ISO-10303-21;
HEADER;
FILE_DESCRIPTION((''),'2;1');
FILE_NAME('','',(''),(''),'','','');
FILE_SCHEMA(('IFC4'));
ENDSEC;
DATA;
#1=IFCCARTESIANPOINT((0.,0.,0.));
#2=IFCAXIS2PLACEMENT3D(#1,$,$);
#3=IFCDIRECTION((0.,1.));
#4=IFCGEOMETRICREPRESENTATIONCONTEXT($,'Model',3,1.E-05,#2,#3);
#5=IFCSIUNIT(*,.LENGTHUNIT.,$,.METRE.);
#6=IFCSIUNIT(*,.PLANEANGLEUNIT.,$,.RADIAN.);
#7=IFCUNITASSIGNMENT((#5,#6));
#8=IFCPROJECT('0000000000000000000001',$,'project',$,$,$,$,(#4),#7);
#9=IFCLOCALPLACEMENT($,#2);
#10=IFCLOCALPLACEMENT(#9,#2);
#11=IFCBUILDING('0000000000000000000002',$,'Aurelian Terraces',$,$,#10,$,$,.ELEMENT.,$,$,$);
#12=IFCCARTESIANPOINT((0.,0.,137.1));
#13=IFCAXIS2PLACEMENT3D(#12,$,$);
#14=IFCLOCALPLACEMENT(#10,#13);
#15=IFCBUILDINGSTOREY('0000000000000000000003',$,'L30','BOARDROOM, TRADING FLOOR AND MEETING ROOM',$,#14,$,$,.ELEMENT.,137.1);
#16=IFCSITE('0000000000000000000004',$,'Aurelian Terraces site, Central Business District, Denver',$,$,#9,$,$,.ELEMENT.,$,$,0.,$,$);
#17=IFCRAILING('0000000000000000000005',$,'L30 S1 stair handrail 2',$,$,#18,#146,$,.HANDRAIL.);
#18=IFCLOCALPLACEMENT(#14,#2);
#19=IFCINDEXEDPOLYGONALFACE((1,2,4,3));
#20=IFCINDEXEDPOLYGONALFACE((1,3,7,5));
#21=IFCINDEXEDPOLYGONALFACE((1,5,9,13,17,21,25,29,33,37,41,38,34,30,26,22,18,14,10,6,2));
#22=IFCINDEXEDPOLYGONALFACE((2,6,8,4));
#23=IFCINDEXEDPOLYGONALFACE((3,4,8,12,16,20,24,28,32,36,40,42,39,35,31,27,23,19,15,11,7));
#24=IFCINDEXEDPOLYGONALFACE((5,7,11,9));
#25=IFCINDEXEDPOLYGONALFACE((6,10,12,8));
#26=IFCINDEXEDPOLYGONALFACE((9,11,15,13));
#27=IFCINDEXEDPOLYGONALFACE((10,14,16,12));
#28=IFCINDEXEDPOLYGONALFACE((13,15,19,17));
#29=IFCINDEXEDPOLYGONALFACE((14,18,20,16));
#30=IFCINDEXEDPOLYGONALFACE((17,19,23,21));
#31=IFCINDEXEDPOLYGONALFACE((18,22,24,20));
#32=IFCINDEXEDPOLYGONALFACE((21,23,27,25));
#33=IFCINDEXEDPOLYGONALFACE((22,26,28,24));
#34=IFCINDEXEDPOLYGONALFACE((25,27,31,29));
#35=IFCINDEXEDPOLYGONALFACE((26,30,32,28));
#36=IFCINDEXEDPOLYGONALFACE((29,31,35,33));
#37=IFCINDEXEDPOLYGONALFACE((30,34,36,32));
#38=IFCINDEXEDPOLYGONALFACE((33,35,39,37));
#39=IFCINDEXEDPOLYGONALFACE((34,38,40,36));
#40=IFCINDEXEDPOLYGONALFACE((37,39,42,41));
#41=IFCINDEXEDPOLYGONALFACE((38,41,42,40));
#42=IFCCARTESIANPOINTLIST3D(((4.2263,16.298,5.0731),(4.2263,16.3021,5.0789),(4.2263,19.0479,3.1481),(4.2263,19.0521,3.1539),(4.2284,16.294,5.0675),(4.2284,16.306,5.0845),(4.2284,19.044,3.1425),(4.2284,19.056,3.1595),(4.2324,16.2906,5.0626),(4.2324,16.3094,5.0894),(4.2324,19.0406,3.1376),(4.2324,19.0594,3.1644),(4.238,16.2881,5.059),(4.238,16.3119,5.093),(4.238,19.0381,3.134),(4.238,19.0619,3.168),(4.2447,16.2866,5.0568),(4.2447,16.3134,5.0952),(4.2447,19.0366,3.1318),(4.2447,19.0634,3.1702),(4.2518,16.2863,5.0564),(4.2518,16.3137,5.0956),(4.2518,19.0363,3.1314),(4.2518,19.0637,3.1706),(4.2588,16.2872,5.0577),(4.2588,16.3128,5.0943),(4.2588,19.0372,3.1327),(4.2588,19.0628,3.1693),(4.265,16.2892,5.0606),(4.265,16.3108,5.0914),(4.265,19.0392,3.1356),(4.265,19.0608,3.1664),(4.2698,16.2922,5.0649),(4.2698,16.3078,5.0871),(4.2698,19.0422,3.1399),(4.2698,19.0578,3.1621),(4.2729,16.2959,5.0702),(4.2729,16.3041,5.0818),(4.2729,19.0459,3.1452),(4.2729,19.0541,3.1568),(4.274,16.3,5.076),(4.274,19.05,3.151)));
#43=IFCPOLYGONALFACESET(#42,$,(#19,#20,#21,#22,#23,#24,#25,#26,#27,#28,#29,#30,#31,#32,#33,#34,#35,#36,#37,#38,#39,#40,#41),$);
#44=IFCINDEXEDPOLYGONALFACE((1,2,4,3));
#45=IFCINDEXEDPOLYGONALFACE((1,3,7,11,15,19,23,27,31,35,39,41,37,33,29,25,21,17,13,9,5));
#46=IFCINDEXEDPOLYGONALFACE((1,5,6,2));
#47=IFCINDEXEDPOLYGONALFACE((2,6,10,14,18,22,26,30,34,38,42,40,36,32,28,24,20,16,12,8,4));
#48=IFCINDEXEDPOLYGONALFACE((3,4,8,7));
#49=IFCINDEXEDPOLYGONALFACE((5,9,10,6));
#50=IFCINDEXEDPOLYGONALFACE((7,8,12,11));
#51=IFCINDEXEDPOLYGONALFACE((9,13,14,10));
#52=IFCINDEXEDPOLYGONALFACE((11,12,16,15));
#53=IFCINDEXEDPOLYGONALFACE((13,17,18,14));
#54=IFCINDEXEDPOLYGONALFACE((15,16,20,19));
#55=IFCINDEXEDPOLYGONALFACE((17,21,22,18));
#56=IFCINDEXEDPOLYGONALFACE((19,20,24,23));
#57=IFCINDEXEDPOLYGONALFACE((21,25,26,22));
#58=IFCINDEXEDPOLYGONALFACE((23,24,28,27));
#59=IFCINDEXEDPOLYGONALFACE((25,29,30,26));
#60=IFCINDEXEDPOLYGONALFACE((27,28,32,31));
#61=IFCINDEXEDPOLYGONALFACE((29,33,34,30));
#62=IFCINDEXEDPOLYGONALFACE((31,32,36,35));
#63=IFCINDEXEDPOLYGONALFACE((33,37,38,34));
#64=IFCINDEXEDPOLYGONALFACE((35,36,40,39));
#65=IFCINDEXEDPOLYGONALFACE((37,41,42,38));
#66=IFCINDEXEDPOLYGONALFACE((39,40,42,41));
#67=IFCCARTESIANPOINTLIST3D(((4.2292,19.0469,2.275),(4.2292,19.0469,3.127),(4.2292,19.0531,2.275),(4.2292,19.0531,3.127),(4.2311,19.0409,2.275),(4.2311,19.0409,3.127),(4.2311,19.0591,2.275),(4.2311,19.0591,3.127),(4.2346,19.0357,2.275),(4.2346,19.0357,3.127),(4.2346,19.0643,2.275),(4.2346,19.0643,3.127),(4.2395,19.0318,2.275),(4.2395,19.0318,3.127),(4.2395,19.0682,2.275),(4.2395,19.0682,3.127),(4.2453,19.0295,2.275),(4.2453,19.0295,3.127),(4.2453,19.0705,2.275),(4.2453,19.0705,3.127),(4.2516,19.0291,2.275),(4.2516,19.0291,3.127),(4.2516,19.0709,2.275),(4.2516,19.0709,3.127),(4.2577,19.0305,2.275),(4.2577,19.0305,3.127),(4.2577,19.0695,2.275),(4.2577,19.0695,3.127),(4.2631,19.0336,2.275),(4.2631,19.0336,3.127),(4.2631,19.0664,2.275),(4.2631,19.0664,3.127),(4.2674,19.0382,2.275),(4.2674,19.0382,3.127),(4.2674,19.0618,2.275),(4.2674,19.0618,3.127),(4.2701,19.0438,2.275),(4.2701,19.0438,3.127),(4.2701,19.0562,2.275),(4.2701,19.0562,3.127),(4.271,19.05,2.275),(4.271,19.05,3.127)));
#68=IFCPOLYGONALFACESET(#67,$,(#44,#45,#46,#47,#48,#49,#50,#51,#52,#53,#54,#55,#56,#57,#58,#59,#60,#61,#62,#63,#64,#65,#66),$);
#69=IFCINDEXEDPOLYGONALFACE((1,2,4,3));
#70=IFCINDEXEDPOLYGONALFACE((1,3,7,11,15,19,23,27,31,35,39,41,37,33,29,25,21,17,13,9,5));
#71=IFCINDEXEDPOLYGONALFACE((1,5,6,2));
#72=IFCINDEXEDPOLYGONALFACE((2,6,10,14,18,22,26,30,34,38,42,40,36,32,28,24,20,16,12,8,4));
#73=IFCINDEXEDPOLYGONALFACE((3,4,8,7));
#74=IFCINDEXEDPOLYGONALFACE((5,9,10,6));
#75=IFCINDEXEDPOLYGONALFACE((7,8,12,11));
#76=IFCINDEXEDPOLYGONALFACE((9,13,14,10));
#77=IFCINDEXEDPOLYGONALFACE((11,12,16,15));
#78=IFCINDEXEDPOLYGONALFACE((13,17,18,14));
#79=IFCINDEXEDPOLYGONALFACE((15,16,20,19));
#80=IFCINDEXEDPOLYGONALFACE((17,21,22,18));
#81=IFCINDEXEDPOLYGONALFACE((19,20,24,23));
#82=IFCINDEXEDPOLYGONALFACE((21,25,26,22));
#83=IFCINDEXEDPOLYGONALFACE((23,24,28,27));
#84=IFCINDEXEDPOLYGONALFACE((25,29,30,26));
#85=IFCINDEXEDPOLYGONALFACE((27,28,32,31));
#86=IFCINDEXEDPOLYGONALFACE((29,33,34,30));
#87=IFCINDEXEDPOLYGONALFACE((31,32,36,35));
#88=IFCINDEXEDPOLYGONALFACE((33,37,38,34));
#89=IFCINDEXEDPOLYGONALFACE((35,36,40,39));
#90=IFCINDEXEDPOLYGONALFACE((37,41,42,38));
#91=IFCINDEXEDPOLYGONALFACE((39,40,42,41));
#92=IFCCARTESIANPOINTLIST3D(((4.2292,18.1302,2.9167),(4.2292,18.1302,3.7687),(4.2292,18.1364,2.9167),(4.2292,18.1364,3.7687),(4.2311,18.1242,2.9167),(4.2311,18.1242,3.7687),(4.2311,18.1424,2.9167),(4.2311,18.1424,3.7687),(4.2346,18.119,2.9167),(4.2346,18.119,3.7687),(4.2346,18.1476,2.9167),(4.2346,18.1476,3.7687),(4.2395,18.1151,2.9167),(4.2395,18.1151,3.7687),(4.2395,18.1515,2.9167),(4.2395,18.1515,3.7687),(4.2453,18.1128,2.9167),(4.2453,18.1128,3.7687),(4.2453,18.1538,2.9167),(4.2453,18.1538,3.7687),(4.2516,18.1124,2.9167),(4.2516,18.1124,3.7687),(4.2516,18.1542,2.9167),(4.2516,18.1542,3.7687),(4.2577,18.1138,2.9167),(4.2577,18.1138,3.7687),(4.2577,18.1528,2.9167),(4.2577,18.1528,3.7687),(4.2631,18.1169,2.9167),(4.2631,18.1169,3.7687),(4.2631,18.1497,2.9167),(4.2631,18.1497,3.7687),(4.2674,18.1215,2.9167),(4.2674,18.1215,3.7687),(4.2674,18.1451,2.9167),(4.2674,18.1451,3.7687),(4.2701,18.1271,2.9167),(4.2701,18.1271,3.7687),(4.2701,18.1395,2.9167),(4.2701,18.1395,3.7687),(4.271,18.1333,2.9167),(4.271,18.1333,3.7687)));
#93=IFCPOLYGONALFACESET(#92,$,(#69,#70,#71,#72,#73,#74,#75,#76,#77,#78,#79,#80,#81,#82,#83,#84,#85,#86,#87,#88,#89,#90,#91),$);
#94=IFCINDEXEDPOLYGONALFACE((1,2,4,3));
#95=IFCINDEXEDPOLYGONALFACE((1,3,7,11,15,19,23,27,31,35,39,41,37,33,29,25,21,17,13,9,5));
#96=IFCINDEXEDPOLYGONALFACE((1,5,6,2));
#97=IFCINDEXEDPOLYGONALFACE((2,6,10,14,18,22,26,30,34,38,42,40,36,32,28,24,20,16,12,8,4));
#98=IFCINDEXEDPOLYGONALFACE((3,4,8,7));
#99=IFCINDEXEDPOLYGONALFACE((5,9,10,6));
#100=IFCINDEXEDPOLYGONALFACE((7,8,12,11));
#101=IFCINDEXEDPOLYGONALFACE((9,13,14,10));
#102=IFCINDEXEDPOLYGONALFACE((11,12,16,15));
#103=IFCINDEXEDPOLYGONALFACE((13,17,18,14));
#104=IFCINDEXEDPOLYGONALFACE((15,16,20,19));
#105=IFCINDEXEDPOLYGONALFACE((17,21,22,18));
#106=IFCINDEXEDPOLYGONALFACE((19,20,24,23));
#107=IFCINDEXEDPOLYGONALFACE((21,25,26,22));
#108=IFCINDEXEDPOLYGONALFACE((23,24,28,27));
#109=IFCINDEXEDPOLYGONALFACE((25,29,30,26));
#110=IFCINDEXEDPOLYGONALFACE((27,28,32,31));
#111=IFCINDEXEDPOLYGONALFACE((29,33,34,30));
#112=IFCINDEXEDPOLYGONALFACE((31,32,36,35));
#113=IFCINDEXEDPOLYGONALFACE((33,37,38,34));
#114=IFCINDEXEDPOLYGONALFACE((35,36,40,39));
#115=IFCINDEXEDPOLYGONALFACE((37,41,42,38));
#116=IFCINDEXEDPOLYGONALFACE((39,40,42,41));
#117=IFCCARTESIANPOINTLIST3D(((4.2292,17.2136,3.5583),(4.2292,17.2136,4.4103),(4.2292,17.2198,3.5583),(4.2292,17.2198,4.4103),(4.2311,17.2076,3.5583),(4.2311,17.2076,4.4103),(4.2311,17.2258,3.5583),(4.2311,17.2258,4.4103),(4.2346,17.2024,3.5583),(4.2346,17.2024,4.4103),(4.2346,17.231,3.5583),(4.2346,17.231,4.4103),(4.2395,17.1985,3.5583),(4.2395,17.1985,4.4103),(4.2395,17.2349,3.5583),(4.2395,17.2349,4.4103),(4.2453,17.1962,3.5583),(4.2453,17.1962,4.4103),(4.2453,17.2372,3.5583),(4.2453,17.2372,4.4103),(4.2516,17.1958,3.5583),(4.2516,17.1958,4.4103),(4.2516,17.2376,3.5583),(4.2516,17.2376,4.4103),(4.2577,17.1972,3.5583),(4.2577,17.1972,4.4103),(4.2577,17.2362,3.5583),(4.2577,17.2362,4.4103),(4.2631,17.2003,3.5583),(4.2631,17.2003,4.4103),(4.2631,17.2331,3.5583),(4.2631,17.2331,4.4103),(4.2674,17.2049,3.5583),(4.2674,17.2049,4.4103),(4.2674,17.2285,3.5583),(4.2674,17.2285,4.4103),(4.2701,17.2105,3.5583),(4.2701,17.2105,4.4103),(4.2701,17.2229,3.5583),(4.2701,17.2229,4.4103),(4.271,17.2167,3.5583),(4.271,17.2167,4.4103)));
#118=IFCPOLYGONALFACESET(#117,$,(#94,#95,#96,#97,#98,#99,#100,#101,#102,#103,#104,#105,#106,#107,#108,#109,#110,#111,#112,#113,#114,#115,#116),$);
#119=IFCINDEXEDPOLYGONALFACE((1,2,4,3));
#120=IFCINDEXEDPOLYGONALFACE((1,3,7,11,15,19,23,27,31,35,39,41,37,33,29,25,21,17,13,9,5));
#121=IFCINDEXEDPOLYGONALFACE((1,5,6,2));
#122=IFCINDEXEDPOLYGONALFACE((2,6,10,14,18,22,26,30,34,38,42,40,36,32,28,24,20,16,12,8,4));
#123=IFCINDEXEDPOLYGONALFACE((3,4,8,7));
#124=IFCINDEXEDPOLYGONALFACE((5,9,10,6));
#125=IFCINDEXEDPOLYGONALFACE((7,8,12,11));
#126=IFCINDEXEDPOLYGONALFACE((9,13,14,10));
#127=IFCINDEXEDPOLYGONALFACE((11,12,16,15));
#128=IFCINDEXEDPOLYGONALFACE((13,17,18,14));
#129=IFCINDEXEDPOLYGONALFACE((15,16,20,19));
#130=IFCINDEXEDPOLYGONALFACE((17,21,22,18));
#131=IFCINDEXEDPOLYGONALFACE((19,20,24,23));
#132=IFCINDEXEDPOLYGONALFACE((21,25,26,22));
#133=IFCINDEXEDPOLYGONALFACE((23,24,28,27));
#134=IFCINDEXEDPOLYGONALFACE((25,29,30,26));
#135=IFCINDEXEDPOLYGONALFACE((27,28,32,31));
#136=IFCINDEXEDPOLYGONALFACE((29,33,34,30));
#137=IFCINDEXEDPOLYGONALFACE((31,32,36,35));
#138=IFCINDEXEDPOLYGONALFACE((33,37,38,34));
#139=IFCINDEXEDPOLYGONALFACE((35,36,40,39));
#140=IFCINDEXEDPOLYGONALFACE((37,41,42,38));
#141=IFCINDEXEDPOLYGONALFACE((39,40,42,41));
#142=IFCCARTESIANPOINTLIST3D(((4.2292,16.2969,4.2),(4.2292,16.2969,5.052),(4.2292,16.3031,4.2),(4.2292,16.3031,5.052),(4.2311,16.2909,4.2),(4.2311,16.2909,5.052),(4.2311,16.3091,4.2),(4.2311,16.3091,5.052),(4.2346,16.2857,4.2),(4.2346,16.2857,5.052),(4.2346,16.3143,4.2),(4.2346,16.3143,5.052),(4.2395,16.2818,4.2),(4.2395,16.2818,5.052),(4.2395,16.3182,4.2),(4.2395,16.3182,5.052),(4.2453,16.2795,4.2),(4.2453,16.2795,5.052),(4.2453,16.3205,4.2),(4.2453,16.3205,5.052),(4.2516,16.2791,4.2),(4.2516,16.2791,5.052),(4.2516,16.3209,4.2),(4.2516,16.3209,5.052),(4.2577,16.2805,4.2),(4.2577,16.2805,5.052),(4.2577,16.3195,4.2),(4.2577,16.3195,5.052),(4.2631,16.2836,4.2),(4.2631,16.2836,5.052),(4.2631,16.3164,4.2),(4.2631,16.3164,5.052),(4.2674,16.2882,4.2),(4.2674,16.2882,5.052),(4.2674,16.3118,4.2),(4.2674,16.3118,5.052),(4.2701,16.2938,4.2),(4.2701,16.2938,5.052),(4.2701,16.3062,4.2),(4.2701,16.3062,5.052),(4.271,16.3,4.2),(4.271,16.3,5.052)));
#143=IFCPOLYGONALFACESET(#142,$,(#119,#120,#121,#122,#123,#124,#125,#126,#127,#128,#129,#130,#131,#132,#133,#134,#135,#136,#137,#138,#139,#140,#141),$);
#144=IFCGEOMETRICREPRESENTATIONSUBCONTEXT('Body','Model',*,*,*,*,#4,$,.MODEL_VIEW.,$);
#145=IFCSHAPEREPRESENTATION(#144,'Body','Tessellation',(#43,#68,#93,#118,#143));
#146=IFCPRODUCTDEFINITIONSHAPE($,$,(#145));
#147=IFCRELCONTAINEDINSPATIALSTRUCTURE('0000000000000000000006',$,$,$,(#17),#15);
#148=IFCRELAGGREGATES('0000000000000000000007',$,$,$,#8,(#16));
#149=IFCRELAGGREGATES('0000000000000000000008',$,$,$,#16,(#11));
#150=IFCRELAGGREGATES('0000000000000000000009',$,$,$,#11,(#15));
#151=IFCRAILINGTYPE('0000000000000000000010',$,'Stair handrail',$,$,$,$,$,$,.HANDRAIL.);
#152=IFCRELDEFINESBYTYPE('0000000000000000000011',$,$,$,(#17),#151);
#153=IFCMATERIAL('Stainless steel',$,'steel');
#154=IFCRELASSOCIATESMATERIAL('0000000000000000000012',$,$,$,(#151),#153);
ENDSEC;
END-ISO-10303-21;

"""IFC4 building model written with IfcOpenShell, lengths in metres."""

from ifc_helpers import new_model, si_unit, direction, frame, origin, origin_2d, place, context, subcontext, project, spatial, circle, extrude, source, transform, mapped, material, type_object, element, save


model = new_model("IFC4")

# Units and contexts
model_context = context("Model", 3, precision=1e-05, world=origin(), true_north=direction((0.0, 1.0)))
body_context = subcontext(model_context, "Body", "Model", "MODEL_VIEW")
ifc_project = project(units=[si_unit("LENGTHUNIT", "METRE"), si_unit("PLANEANGLEUNIT", "RADIAN")], contexts=[model_context])

# Site, building, storey
site_placement = place(None, origin())
site = spatial("IfcSite", under=ifc_project, at=site_placement, Name="Aurelian Terraces site, Central Business District, Denver", CompositionType="ELEMENT", RefElevation=0.0)
building_placement = place(site_placement, origin())
building = spatial("IfcBuilding", under=site, at=building_placement, Name="Aurelian Terraces", CompositionType="ELEMENT")
storey_placement = place(building_placement, frame((0.0, 0.0, 137.1)))
storey = spatial("IfcBuildingStorey", under=building, at=storey_placement, Name="L30", Description="BOARDROOM, TRADING FLOOR AND MEETING ROOM", CompositionType="ELEMENT", Elevation=137.1)

# Railing
ifc_material_1 = material(Name="Stainless steel", Category="steel")
railing_type_1 = type_object("IfcRailingType", Name="Stair handrail", PredefinedType="HANDRAIL", material=ifc_material_1)
shared_shape_1 = source(origin(), body_context, "Body", "SweptSolid", [
    extrude(circle(Radius=0.024, at=origin_2d()), frame((0.0, 0.0, 0.876), z_axis=(0.0, -0.819232, 0.573462), x_axis=(1.0, 0.0, 0.0)), (0.0, 0.0, 1.0), 3.3568),
    extrude(circle(Radius=0.021, at=origin_2d()), origin(), (0.0, 0.0, 1.0), 0.852),
    extrude(circle(Radius=0.021, at=origin_2d()), frame((0.0, -0.9167, 0.6417)), (0.0, 0.0, 1.0), 0.852),
    extrude(circle(Radius=0.021, at=origin_2d()), frame((0.0, -1.8333, 1.2833)), (0.0, 0.0, 1.0), 0.852),
    extrude(circle(Radius=0.021, at=origin_2d()), frame((0.0, -2.75, 1.925)), (0.0, 0.0, 1.0), 0.852),
])
railing_1_placement = place(storey_placement, frame((4.25, 19.05, 2.275)))
element("IfcRailing", 1, at=railing_1_placement, inside=storey, type_object=railing_type_1, Name="L30 S1 stair handrail 2", PredefinedType="HANDRAIL", context=body_context, shape_type="MappedRepresentation", body=[
    mapped(shared_shape_1, transform((0.0, 0.0, 0.0), scale=1.0)),
])

save(model, "model.ifc")
